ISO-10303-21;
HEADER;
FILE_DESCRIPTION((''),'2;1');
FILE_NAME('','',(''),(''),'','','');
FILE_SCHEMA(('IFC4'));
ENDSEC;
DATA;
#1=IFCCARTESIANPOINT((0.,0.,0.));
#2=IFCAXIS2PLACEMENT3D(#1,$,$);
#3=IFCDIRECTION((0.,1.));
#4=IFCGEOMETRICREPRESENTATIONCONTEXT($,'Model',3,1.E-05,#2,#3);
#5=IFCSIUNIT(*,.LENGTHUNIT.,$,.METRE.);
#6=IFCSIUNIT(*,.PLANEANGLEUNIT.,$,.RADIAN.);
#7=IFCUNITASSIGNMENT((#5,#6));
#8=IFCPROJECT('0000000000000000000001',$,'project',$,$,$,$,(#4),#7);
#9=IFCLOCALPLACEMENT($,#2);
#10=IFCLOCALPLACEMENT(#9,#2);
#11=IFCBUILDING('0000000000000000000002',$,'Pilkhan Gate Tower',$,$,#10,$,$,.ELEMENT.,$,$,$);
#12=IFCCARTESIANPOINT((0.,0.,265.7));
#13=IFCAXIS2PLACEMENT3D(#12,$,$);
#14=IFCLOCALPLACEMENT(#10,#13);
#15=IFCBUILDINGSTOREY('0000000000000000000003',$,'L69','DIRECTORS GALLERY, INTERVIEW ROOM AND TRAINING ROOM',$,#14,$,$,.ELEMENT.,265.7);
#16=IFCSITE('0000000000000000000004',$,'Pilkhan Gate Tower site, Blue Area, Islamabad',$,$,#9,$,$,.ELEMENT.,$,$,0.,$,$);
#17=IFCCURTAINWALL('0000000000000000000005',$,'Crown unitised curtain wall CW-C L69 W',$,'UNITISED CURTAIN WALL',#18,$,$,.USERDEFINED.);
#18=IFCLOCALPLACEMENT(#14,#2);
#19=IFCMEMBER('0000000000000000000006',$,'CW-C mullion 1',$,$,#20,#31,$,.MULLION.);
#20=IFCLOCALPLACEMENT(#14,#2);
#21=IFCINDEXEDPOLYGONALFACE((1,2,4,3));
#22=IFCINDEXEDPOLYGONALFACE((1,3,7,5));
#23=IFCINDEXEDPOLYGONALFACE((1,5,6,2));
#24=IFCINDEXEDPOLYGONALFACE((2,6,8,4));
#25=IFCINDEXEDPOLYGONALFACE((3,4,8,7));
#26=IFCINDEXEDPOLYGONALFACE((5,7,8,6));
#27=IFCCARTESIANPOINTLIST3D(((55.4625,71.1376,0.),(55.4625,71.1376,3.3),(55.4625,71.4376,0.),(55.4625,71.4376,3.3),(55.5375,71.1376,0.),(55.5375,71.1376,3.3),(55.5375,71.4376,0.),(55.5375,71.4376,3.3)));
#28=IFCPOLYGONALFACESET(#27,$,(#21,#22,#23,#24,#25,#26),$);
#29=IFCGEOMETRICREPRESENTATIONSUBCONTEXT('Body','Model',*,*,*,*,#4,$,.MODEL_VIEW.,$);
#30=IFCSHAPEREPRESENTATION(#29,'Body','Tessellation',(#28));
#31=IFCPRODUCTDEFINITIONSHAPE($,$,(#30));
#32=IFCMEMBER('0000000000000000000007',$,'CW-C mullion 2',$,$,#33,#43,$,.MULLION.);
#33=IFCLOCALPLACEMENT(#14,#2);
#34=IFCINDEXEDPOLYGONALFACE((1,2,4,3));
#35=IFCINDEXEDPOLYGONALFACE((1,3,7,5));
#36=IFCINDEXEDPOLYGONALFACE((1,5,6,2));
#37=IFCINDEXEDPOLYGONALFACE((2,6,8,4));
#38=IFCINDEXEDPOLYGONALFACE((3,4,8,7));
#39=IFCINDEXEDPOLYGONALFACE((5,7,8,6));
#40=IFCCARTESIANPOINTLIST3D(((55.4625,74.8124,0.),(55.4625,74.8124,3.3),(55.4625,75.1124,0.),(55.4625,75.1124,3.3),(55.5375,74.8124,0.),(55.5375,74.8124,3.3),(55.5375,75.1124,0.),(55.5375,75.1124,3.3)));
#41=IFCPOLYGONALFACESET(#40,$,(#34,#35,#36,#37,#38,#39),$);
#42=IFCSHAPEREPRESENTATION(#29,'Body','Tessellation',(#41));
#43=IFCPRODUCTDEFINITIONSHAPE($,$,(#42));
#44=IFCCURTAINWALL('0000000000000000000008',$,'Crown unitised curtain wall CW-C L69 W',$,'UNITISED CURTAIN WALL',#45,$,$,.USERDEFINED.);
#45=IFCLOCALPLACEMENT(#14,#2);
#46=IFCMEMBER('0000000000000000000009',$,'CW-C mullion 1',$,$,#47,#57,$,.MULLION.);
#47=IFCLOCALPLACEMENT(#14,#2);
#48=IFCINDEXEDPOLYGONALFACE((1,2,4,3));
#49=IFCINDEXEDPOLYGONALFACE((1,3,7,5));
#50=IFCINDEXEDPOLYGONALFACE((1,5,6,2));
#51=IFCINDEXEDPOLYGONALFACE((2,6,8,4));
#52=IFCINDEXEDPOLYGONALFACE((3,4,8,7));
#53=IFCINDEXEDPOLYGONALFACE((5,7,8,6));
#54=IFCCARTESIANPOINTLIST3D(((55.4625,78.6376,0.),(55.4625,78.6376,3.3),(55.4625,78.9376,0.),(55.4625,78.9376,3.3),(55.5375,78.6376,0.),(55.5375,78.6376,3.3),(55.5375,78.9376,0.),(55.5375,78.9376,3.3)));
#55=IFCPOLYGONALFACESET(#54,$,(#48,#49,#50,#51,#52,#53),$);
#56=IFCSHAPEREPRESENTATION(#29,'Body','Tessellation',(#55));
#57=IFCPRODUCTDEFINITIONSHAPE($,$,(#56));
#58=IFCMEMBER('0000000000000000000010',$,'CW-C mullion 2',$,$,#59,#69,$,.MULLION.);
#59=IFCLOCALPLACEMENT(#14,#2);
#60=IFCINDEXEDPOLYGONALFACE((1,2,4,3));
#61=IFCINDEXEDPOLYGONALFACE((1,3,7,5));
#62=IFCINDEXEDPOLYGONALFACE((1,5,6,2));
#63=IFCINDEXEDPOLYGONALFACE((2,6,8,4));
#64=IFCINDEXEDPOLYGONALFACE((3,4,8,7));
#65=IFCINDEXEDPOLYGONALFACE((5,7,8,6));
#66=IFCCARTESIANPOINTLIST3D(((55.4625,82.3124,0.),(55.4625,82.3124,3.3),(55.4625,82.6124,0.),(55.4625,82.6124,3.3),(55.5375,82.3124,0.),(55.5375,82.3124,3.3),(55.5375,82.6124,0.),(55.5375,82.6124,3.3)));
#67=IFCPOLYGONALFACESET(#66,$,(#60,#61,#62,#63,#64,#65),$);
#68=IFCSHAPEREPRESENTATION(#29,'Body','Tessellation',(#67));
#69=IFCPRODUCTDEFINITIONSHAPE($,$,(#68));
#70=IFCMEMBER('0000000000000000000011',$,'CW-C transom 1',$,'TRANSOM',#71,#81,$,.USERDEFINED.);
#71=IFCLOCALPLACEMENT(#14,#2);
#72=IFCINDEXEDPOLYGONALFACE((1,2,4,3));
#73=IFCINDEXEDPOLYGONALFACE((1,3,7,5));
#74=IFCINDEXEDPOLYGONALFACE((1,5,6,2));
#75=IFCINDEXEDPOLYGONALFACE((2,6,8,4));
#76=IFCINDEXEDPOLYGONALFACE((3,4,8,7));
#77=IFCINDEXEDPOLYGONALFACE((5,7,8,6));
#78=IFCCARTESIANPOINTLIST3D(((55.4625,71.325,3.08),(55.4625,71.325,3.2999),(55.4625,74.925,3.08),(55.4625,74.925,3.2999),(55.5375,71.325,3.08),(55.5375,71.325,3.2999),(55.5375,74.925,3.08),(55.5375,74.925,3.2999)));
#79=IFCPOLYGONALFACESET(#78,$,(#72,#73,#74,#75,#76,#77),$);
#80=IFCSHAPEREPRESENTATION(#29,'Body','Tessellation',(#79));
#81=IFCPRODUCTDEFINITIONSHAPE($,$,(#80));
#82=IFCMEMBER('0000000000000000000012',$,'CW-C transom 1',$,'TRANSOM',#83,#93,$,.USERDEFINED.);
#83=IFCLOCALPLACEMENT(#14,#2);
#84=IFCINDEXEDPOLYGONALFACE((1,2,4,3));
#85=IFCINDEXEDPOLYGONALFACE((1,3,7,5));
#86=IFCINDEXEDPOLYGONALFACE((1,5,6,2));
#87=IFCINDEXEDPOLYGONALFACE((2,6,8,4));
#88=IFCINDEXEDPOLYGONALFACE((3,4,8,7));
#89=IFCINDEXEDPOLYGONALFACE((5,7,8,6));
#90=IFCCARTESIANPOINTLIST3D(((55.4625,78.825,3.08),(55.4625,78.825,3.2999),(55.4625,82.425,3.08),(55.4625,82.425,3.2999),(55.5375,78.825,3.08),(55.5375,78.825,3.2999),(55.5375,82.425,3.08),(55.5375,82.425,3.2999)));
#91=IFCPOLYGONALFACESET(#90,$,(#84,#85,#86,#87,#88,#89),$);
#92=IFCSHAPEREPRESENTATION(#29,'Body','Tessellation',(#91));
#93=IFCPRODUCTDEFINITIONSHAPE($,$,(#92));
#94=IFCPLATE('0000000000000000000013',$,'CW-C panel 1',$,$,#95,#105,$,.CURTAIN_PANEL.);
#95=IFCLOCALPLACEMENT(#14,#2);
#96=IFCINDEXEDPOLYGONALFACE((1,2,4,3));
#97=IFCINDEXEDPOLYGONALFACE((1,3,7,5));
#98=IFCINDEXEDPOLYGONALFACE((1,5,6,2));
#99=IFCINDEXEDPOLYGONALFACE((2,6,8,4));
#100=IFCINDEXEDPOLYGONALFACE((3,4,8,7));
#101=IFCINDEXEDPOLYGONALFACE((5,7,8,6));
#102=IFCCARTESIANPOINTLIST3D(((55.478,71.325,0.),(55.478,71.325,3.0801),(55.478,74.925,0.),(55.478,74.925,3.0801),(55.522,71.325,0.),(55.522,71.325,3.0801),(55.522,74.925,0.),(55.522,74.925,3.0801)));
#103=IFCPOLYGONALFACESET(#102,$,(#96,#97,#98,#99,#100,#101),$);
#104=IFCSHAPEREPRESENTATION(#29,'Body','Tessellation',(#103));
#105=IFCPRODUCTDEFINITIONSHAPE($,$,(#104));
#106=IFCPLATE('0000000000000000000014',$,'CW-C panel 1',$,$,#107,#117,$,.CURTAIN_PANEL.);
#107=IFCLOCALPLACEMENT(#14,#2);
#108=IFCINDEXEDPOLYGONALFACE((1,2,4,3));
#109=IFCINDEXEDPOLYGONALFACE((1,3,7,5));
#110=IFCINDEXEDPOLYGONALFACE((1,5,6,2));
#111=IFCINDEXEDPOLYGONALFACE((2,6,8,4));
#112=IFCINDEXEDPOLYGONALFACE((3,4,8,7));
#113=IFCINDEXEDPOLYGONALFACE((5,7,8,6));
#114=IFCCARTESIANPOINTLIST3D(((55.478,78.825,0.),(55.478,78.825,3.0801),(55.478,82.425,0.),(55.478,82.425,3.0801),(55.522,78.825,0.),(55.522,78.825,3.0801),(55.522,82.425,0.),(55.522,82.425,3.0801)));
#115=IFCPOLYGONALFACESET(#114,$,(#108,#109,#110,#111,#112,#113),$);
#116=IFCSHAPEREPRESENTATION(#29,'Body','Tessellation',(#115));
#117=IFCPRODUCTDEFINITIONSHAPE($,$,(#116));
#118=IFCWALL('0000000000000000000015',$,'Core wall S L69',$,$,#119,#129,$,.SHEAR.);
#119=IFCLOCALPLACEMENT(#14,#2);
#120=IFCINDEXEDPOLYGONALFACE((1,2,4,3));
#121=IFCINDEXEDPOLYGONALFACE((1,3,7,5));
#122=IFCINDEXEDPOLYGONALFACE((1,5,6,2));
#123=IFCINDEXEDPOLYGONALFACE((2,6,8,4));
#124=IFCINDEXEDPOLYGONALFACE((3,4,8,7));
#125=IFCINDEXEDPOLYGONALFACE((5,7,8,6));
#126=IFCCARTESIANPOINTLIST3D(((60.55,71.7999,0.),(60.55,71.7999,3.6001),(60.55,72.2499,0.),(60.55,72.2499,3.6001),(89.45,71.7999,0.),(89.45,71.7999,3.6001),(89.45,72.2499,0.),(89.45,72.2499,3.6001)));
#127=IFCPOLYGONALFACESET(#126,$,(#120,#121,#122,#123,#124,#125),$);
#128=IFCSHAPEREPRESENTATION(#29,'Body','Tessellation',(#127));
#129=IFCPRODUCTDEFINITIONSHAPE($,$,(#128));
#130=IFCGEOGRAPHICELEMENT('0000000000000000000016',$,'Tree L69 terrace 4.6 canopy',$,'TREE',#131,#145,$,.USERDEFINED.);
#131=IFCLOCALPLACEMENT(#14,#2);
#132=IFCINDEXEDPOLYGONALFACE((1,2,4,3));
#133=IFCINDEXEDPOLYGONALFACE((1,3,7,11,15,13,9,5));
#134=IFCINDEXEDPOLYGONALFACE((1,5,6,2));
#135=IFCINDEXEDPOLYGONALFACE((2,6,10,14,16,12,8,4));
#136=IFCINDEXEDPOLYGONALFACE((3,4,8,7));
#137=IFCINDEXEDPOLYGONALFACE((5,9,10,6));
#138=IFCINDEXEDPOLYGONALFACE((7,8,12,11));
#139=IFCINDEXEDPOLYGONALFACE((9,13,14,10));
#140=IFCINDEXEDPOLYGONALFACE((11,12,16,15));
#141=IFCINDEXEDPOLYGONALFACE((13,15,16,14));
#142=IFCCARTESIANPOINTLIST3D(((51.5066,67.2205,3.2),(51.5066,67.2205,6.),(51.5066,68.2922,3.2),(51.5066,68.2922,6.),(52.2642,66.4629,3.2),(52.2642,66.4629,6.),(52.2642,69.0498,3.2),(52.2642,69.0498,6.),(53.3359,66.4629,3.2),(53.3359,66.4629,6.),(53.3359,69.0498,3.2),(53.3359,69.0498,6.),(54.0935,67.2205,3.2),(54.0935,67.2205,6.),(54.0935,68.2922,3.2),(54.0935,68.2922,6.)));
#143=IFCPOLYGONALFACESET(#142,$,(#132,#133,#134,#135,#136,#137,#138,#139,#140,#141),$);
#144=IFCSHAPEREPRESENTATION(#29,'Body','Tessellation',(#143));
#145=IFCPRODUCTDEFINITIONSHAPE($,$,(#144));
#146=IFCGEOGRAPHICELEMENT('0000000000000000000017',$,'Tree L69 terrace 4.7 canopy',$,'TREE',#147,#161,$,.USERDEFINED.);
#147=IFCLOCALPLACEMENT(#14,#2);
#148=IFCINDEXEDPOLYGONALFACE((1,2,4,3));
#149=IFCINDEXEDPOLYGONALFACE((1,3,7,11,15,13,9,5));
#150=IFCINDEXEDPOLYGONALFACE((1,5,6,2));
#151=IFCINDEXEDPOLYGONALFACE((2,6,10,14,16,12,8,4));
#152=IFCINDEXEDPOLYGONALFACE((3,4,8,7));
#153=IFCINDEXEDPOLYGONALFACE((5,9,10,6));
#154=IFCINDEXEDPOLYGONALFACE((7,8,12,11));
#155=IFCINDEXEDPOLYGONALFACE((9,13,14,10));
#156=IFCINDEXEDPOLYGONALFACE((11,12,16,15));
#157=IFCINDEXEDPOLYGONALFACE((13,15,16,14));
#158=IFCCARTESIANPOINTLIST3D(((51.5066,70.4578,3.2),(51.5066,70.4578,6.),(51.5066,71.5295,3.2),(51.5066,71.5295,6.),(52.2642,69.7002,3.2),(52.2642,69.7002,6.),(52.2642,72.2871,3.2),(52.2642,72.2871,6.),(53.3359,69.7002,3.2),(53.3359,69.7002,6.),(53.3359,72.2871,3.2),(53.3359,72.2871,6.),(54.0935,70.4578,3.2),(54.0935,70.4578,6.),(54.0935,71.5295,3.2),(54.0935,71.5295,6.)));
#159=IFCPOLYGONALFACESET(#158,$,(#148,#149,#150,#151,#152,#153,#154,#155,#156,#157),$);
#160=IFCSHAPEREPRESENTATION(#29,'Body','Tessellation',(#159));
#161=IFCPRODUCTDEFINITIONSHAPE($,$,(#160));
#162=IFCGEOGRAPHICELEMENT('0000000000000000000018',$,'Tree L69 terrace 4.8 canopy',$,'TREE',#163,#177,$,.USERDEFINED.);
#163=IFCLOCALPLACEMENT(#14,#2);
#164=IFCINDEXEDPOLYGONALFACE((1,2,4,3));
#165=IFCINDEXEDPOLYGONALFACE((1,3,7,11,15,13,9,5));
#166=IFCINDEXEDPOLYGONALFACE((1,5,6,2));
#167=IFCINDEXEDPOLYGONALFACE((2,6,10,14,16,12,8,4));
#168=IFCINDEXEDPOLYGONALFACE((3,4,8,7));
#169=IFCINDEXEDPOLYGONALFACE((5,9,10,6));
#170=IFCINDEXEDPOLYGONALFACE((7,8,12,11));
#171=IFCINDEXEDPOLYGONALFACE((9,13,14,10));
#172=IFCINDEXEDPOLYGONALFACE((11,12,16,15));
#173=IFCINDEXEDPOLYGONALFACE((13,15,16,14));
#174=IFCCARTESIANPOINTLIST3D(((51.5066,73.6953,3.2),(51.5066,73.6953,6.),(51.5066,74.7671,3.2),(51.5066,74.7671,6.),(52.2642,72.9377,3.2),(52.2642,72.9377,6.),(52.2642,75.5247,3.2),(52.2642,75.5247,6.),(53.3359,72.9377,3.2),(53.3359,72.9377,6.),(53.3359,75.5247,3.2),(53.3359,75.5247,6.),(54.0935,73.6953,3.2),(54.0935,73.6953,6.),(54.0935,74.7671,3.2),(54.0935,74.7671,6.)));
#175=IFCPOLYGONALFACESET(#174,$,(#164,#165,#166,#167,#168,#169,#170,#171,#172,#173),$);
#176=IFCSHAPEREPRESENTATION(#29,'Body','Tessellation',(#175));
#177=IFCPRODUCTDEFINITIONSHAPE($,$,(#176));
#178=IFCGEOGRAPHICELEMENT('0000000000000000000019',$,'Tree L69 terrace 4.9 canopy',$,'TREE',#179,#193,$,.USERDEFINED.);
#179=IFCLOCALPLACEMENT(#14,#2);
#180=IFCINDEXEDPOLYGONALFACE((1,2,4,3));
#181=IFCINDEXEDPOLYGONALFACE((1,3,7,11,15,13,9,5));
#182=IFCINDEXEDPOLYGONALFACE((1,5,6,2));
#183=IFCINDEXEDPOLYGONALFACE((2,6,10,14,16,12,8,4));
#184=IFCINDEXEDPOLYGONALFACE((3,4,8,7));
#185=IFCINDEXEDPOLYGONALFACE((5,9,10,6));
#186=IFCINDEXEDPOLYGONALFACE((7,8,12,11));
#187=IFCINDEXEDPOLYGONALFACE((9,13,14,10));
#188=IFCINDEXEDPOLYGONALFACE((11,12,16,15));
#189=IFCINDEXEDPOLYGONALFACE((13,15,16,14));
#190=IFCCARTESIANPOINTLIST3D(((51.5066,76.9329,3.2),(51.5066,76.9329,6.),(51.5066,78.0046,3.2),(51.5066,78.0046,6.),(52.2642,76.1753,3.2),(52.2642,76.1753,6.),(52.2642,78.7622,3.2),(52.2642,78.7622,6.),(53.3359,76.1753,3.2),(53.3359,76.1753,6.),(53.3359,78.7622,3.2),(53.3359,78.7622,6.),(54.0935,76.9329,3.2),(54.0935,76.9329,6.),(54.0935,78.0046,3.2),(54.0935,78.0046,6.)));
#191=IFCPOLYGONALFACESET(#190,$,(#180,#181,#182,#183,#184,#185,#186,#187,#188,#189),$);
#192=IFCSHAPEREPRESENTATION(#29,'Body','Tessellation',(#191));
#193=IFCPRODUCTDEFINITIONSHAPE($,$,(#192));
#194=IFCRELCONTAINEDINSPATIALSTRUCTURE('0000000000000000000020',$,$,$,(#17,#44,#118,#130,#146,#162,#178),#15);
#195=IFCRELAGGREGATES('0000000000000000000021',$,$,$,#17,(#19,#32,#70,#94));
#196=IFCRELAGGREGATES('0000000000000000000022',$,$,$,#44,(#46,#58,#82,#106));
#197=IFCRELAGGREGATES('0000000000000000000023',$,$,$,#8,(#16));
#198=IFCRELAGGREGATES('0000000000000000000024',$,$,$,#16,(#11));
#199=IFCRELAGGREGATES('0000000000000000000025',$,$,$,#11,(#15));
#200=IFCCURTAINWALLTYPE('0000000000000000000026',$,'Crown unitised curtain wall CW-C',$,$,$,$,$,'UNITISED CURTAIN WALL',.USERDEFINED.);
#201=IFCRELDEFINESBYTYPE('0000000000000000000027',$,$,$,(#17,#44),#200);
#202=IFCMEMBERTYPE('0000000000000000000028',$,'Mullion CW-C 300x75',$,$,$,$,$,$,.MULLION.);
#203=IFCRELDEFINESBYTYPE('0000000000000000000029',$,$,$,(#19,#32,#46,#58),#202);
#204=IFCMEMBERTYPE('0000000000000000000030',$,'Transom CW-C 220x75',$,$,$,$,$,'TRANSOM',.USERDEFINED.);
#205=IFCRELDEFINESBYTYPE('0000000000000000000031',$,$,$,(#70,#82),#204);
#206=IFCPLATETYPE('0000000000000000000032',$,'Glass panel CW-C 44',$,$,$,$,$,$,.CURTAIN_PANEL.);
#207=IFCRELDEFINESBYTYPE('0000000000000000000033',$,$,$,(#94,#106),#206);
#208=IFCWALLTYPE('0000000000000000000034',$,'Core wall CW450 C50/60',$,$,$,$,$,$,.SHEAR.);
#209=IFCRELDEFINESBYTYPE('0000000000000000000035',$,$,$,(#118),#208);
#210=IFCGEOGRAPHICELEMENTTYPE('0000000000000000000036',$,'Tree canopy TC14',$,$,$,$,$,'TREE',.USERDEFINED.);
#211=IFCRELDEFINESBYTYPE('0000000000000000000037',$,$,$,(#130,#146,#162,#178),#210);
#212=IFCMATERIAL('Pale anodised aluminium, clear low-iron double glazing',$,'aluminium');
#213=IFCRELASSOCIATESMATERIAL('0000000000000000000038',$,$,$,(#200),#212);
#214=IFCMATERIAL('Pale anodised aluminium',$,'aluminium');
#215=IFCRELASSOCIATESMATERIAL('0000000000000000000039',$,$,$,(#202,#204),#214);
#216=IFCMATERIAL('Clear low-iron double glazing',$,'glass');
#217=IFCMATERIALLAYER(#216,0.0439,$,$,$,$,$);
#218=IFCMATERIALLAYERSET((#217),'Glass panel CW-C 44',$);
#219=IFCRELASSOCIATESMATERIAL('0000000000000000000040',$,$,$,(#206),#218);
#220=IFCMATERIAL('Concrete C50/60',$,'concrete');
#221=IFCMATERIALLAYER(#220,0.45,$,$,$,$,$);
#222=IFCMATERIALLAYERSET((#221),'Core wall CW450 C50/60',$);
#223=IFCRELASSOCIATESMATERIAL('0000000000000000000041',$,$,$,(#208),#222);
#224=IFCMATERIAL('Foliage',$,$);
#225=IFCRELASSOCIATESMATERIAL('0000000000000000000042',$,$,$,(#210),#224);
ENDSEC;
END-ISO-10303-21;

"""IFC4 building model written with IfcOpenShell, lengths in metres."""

from ifc_helpers import new_model, si_unit, direction, frame, frame_2d, origin, origin_2d, place, context, subcontext, project, spatial, polyline, rectangle, outline, extrude, material, layer, layer_set, material_profile, profile_set, type_object, element, aggregate, save


model = new_model("IFC4")

# Units and contexts
model_context = context("Model", 3, precision=1e-05, world=origin(), true_north=direction((0.0, 1.0)))
body_context = subcontext(model_context, "Body", "Model", "MODEL_VIEW")
ifc_project = project(units=[si_unit("LENGTHUNIT", "METRE"), si_unit("PLANEANGLEUNIT", "RADIAN")], contexts=[model_context])

# Site, building, storey
site_placement = place(None, origin())
site = spatial("IfcSite", under=ifc_project, at=site_placement, Name="Pilkhan Gate Tower site, Blue Area, Islamabad", CompositionType="ELEMENT", RefElevation=0.0)
building_placement = place(site_placement, origin())
building = spatial("IfcBuilding", under=site, at=building_placement, Name="Pilkhan Gate Tower", CompositionType="ELEMENT")
storey_placement = place(building_placement, frame((0.0, 0.0, 265.7)))
storey = spatial("IfcBuildingStorey", under=building, at=storey_placement, Name="L69", Description="DIRECTORS GALLERY, INTERVIEW ROOM AND TRAINING ROOM", CompositionType="ELEMENT", Elevation=265.7)

# Curtain walls, members
ifc_material_1 = material(Name="Pale anodised aluminium, clear low-iron double glazing", Category="aluminium")
curtain_wall_type = type_object("IfcCurtainWallType", Name="Crown unitised curtain wall CW-C", ElementType="UNITISED CURTAIN WALL", PredefinedType="USERDEFINED", material=ifc_material_1)
curtain_wall_1_placement = place(storey_placement, origin())
curtain_wall_1 = element("IfcCurtainWall", 1, at=curtain_wall_1_placement, inside=storey, type_object=curtain_wall_type, Name="Crown unitised curtain wall CW-C L69 W", ObjectType="UNITISED CURTAIN WALL", PredefinedType="USERDEFINED")
ifc_material_2 = material(Name="Pale anodised aluminium", Category="aluminium")
ifc_material_profile_1 = material_profile(ifc_material_2, rectangle(XDim=0.075, YDim=0.3, at=origin_2d()), Name="Mullion 300x75")
ifc_profile_set_1 = profile_set([ifc_material_profile_1], Name="Pale anodised aluminium")
member_type_1 = type_object("IfcMemberType", Name="Mullion CW-C 300x75", PredefinedType="MULLION", material=ifc_profile_set_1)
member_1_placement = place(storey_placement, frame((55.5, 71.2876, 0.0), z_axis=(0.0, 0.0, 1.0), x_axis=(-1.0, 0.0, 0.0)))
member_1 = element("IfcMember", 2, at=member_1_placement, type_object=member_type_1, Name="CW-C mullion 1", PredefinedType="MULLION", context=body_context, shape_type="SweptSolid", body=[
    extrude(rectangle(XDim=0.075, YDim=0.3, at=origin_2d()), origin(), (0.0, 0.0, 1.0), 3.3),
])
member_2_placement = place(storey_placement, frame((55.5, 74.9624, 0.0), z_axis=(0.0, 0.0, 1.0), x_axis=(-1.0, 0.0, 0.0)))
member_2 = element("IfcMember", 3, at=member_2_placement, type_object=member_type_1, Name="CW-C mullion 2", PredefinedType="MULLION", context=body_context, shape_type="SweptSolid", body=[
    extrude(rectangle(XDim=0.075, YDim=0.3, at=origin_2d()), origin(), (0.0, 0.0, 1.0), 3.3),
])
curtain_wall_2_placement = place(storey_placement, origin())
curtain_wall_2 = element("IfcCurtainWall", 4, at=curtain_wall_2_placement, inside=storey, type_object=curtain_wall_type, Name="Crown unitised curtain wall CW-C L69 W", ObjectType="UNITISED CURTAIN WALL", PredefinedType="USERDEFINED")
member_3_placement = place(storey_placement, frame((55.5, 78.7876, 0.0), z_axis=(0.0, 0.0, 1.0), x_axis=(-1.0, 0.0, 0.0)))
member_3 = element("IfcMember", 5, at=member_3_placement, type_object=member_type_1, Name="CW-C mullion 1", PredefinedType="MULLION", context=body_context, shape_type="SweptSolid", body=[
    extrude(rectangle(XDim=0.075, YDim=0.3, at=origin_2d()), origin(), (0.0, 0.0, 1.0), 3.3),
])
member_4_placement = place(storey_placement, frame((55.5, 82.4624, 0.0), z_axis=(0.0, 0.0, 1.0), x_axis=(-1.0, 0.0, 0.0)))
member_4 = element("IfcMember", 6, at=member_4_placement, type_object=member_type_1, Name="CW-C mullion 2", PredefinedType="MULLION", context=body_context, shape_type="SweptSolid", body=[
    extrude(rectangle(XDim=0.075, YDim=0.3, at=origin_2d()), origin(), (0.0, 0.0, 1.0), 3.3),
])

# Members
ifc_material_profile_2 = material_profile(ifc_material_2, rectangle(XDim=0.075, YDim=0.22, at=origin_2d()), Name="Transom 220x75")
ifc_profile_set_2 = profile_set([ifc_material_profile_2], Name="Pale anodised aluminium")
member_type_2 = type_object("IfcMemberType", Name="Transom CW-C 220x75", ElementType="TRANSOM", PredefinedType="USERDEFINED", material=ifc_profile_set_2)
member_5_placement = place(storey_placement, frame((55.5, 71.325, 3.1899), z_axis=(0.0, 1.0, 0.0), x_axis=(-1.0, 0.0, 0.0)))
member_5 = element("IfcMember", 7, at=member_5_placement, type_object=member_type_2, Name="CW-C transom 1", ObjectType="TRANSOM", PredefinedType="USERDEFINED", context=body_context, shape_type="SweptSolid", body=[
    extrude(rectangle(XDim=0.075, YDim=0.22, at=origin_2d()), origin(), (0.0, 0.0, 1.0), 3.6001),
])
member_6_placement = place(storey_placement, frame((55.5, 78.825, 3.1899), z_axis=(0.0, 1.0, 0.0), x_axis=(-1.0, 0.0, 0.0)))
member_6 = element("IfcMember", 8, at=member_6_placement, type_object=member_type_2, Name="CW-C transom 1", ObjectType="TRANSOM", PredefinedType="USERDEFINED", context=body_context, shape_type="SweptSolid", body=[
    extrude(rectangle(XDim=0.075, YDim=0.22, at=origin_2d()), origin(), (0.0, 0.0, 1.0), 3.6001),
])

# Plates
ifc_material_3 = material(Name="Clear low-iron double glazing", Category="glass")
ifc_layer_1 = layer(ifc_material_3, 0.0439)
ifc_layer_set_1 = layer_set([ifc_layer_1], Name="Glass panel CW-C 44")
plate_type = type_object("IfcPlateType", Name="Glass panel CW-C 44", PredefinedType="CURTAIN_PANEL", material=ifc_layer_set_1)
plate_1_placement = place(storey_placement, frame((55.5, 73.125, 0.0), z_axis=(0.0, 0.0, 1.0), x_axis=(0.0, 1.0, 0.0)))
plate_1 = element("IfcPlate", 9, at=plate_1_placement, type_object=plate_type, Name="CW-C panel 1", PredefinedType="CURTAIN_PANEL", context=body_context, shape_type="SweptSolid", body=[
    extrude(rectangle(XDim=3.6001, YDim=0.0439, at=origin_2d()), origin(), (0.0, 0.0, 1.0), 3.0801),
])
aggregate(curtain_wall_1, [member_1, member_2, member_5, plate_1])
plate_2_placement = place(storey_placement, frame((55.5, 80.625, 0.0), z_axis=(0.0, 0.0, 1.0), x_axis=(0.0, 1.0, 0.0)))
plate_2 = element("IfcPlate", 10, at=plate_2_placement, type_object=plate_type, Name="CW-C panel 1", PredefinedType="CURTAIN_PANEL", context=body_context, shape_type="SweptSolid", body=[
    extrude(rectangle(XDim=3.6001, YDim=0.0439, at=origin_2d()), origin(), (0.0, 0.0, 1.0), 3.0801),
])
aggregate(curtain_wall_2, [member_3, member_4, member_6, plate_2])

# Wall
ifc_material_4 = material(Name="Concrete C50/60", Category="concrete")
ifc_layer_2 = layer(ifc_material_4, 0.45)
ifc_layer_set_2 = layer_set([ifc_layer_2], Name="Core wall CW450 C50/60")
wall_type_1 = type_object("IfcWallType", Name="Core wall CW450 C50/60", PredefinedType="SHEAR", material=ifc_layer_set_2)
wall_1_placement = place(storey_placement, frame((60.55, 72.0249, 0.0), z_axis=(0.0, 0.0, 1.0), x_axis=(1.0, 0.0, 0.0)))
element("IfcWall", 11, at=wall_1_placement, inside=storey, type_object=wall_type_1, Name="Core wall S L69", PredefinedType="SHEAR", context=body_context, shape_type="SweptSolid", body=[
    extrude(rectangle(XDim=28.8999, YDim=0.45, at=frame_2d((14.45, 0.0))), origin(), (0.0, 0.0, 1.0), 3.6001),
])

# Geographic elements
ifc_material_5 = material(Name="Foliage")
ifc_material_profile_3 = material_profile(ifc_material_5, outline(polyline([(1.2935, 0.5359), (0.5359, 1.2935), (-0.5359, 1.2935), (-1.2935, 0.5359), (-1.2935, -0.5359), (-0.5359, -1.2935), (0.5359, -1.2935), (1.2935, -0.5359), (1.2935, 0.5359)])), Name="Canopy D2.8")
ifc_profile_set_3 = profile_set([ifc_material_profile_3], Name="Foliage")
geographic_element_type_1 = type_object("IfcGeographicElementType", Name="Tree canopy TC14", ElementType="TREE", PredefinedType="USERDEFINED", material=ifc_profile_set_3)
for number, where, z_axis, x_axis, name in (
    (12, (52.8, 67.7563, 3.2), (0.0, 0.0, 1.0), (1.0, 0.0, 0.0), "Tree L69 terrace 4.6 canopy"),
    (13, (52.8, 70.9937, 3.2), (0.0, 0.0, 1.0), (1.0, 0.0, 0.0), "Tree L69 terrace 4.7 canopy"),
    (14, (52.8, 74.2312, 3.2), (0.0, 0.0, 1.0), (1.0, 0.0, 0.0), "Tree L69 terrace 4.8 canopy"),
    (15, (52.8, 77.4688, 3.2), (0.0, 0.0, 1.0), (1.0, 0.0, 0.0), "Tree L69 terrace 4.9 canopy"),
):
    element("IfcGeographicElement", number, at=place(storey_placement, frame(where, z_axis=z_axis, x_axis=x_axis)), inside=storey, type_object=geographic_element_type_1, Name=name, ObjectType="TREE", PredefinedType="USERDEFINED", context=body_context, shape_type="SweptSolid", body=[
        extrude(outline(polyline([(1.2935, 0.5359), (0.5359, 1.2935), (-0.5359, 1.2935), (-1.2935, 0.5359), (-1.2935, -0.5359), (-0.5359, -1.2935), (0.5359, -1.2935), (1.2935, -0.5359), (1.2935, 0.5359)])), origin(), (0.0, 0.0, 1.0), 2.8),
    ])

save(model, "model.ifc")
